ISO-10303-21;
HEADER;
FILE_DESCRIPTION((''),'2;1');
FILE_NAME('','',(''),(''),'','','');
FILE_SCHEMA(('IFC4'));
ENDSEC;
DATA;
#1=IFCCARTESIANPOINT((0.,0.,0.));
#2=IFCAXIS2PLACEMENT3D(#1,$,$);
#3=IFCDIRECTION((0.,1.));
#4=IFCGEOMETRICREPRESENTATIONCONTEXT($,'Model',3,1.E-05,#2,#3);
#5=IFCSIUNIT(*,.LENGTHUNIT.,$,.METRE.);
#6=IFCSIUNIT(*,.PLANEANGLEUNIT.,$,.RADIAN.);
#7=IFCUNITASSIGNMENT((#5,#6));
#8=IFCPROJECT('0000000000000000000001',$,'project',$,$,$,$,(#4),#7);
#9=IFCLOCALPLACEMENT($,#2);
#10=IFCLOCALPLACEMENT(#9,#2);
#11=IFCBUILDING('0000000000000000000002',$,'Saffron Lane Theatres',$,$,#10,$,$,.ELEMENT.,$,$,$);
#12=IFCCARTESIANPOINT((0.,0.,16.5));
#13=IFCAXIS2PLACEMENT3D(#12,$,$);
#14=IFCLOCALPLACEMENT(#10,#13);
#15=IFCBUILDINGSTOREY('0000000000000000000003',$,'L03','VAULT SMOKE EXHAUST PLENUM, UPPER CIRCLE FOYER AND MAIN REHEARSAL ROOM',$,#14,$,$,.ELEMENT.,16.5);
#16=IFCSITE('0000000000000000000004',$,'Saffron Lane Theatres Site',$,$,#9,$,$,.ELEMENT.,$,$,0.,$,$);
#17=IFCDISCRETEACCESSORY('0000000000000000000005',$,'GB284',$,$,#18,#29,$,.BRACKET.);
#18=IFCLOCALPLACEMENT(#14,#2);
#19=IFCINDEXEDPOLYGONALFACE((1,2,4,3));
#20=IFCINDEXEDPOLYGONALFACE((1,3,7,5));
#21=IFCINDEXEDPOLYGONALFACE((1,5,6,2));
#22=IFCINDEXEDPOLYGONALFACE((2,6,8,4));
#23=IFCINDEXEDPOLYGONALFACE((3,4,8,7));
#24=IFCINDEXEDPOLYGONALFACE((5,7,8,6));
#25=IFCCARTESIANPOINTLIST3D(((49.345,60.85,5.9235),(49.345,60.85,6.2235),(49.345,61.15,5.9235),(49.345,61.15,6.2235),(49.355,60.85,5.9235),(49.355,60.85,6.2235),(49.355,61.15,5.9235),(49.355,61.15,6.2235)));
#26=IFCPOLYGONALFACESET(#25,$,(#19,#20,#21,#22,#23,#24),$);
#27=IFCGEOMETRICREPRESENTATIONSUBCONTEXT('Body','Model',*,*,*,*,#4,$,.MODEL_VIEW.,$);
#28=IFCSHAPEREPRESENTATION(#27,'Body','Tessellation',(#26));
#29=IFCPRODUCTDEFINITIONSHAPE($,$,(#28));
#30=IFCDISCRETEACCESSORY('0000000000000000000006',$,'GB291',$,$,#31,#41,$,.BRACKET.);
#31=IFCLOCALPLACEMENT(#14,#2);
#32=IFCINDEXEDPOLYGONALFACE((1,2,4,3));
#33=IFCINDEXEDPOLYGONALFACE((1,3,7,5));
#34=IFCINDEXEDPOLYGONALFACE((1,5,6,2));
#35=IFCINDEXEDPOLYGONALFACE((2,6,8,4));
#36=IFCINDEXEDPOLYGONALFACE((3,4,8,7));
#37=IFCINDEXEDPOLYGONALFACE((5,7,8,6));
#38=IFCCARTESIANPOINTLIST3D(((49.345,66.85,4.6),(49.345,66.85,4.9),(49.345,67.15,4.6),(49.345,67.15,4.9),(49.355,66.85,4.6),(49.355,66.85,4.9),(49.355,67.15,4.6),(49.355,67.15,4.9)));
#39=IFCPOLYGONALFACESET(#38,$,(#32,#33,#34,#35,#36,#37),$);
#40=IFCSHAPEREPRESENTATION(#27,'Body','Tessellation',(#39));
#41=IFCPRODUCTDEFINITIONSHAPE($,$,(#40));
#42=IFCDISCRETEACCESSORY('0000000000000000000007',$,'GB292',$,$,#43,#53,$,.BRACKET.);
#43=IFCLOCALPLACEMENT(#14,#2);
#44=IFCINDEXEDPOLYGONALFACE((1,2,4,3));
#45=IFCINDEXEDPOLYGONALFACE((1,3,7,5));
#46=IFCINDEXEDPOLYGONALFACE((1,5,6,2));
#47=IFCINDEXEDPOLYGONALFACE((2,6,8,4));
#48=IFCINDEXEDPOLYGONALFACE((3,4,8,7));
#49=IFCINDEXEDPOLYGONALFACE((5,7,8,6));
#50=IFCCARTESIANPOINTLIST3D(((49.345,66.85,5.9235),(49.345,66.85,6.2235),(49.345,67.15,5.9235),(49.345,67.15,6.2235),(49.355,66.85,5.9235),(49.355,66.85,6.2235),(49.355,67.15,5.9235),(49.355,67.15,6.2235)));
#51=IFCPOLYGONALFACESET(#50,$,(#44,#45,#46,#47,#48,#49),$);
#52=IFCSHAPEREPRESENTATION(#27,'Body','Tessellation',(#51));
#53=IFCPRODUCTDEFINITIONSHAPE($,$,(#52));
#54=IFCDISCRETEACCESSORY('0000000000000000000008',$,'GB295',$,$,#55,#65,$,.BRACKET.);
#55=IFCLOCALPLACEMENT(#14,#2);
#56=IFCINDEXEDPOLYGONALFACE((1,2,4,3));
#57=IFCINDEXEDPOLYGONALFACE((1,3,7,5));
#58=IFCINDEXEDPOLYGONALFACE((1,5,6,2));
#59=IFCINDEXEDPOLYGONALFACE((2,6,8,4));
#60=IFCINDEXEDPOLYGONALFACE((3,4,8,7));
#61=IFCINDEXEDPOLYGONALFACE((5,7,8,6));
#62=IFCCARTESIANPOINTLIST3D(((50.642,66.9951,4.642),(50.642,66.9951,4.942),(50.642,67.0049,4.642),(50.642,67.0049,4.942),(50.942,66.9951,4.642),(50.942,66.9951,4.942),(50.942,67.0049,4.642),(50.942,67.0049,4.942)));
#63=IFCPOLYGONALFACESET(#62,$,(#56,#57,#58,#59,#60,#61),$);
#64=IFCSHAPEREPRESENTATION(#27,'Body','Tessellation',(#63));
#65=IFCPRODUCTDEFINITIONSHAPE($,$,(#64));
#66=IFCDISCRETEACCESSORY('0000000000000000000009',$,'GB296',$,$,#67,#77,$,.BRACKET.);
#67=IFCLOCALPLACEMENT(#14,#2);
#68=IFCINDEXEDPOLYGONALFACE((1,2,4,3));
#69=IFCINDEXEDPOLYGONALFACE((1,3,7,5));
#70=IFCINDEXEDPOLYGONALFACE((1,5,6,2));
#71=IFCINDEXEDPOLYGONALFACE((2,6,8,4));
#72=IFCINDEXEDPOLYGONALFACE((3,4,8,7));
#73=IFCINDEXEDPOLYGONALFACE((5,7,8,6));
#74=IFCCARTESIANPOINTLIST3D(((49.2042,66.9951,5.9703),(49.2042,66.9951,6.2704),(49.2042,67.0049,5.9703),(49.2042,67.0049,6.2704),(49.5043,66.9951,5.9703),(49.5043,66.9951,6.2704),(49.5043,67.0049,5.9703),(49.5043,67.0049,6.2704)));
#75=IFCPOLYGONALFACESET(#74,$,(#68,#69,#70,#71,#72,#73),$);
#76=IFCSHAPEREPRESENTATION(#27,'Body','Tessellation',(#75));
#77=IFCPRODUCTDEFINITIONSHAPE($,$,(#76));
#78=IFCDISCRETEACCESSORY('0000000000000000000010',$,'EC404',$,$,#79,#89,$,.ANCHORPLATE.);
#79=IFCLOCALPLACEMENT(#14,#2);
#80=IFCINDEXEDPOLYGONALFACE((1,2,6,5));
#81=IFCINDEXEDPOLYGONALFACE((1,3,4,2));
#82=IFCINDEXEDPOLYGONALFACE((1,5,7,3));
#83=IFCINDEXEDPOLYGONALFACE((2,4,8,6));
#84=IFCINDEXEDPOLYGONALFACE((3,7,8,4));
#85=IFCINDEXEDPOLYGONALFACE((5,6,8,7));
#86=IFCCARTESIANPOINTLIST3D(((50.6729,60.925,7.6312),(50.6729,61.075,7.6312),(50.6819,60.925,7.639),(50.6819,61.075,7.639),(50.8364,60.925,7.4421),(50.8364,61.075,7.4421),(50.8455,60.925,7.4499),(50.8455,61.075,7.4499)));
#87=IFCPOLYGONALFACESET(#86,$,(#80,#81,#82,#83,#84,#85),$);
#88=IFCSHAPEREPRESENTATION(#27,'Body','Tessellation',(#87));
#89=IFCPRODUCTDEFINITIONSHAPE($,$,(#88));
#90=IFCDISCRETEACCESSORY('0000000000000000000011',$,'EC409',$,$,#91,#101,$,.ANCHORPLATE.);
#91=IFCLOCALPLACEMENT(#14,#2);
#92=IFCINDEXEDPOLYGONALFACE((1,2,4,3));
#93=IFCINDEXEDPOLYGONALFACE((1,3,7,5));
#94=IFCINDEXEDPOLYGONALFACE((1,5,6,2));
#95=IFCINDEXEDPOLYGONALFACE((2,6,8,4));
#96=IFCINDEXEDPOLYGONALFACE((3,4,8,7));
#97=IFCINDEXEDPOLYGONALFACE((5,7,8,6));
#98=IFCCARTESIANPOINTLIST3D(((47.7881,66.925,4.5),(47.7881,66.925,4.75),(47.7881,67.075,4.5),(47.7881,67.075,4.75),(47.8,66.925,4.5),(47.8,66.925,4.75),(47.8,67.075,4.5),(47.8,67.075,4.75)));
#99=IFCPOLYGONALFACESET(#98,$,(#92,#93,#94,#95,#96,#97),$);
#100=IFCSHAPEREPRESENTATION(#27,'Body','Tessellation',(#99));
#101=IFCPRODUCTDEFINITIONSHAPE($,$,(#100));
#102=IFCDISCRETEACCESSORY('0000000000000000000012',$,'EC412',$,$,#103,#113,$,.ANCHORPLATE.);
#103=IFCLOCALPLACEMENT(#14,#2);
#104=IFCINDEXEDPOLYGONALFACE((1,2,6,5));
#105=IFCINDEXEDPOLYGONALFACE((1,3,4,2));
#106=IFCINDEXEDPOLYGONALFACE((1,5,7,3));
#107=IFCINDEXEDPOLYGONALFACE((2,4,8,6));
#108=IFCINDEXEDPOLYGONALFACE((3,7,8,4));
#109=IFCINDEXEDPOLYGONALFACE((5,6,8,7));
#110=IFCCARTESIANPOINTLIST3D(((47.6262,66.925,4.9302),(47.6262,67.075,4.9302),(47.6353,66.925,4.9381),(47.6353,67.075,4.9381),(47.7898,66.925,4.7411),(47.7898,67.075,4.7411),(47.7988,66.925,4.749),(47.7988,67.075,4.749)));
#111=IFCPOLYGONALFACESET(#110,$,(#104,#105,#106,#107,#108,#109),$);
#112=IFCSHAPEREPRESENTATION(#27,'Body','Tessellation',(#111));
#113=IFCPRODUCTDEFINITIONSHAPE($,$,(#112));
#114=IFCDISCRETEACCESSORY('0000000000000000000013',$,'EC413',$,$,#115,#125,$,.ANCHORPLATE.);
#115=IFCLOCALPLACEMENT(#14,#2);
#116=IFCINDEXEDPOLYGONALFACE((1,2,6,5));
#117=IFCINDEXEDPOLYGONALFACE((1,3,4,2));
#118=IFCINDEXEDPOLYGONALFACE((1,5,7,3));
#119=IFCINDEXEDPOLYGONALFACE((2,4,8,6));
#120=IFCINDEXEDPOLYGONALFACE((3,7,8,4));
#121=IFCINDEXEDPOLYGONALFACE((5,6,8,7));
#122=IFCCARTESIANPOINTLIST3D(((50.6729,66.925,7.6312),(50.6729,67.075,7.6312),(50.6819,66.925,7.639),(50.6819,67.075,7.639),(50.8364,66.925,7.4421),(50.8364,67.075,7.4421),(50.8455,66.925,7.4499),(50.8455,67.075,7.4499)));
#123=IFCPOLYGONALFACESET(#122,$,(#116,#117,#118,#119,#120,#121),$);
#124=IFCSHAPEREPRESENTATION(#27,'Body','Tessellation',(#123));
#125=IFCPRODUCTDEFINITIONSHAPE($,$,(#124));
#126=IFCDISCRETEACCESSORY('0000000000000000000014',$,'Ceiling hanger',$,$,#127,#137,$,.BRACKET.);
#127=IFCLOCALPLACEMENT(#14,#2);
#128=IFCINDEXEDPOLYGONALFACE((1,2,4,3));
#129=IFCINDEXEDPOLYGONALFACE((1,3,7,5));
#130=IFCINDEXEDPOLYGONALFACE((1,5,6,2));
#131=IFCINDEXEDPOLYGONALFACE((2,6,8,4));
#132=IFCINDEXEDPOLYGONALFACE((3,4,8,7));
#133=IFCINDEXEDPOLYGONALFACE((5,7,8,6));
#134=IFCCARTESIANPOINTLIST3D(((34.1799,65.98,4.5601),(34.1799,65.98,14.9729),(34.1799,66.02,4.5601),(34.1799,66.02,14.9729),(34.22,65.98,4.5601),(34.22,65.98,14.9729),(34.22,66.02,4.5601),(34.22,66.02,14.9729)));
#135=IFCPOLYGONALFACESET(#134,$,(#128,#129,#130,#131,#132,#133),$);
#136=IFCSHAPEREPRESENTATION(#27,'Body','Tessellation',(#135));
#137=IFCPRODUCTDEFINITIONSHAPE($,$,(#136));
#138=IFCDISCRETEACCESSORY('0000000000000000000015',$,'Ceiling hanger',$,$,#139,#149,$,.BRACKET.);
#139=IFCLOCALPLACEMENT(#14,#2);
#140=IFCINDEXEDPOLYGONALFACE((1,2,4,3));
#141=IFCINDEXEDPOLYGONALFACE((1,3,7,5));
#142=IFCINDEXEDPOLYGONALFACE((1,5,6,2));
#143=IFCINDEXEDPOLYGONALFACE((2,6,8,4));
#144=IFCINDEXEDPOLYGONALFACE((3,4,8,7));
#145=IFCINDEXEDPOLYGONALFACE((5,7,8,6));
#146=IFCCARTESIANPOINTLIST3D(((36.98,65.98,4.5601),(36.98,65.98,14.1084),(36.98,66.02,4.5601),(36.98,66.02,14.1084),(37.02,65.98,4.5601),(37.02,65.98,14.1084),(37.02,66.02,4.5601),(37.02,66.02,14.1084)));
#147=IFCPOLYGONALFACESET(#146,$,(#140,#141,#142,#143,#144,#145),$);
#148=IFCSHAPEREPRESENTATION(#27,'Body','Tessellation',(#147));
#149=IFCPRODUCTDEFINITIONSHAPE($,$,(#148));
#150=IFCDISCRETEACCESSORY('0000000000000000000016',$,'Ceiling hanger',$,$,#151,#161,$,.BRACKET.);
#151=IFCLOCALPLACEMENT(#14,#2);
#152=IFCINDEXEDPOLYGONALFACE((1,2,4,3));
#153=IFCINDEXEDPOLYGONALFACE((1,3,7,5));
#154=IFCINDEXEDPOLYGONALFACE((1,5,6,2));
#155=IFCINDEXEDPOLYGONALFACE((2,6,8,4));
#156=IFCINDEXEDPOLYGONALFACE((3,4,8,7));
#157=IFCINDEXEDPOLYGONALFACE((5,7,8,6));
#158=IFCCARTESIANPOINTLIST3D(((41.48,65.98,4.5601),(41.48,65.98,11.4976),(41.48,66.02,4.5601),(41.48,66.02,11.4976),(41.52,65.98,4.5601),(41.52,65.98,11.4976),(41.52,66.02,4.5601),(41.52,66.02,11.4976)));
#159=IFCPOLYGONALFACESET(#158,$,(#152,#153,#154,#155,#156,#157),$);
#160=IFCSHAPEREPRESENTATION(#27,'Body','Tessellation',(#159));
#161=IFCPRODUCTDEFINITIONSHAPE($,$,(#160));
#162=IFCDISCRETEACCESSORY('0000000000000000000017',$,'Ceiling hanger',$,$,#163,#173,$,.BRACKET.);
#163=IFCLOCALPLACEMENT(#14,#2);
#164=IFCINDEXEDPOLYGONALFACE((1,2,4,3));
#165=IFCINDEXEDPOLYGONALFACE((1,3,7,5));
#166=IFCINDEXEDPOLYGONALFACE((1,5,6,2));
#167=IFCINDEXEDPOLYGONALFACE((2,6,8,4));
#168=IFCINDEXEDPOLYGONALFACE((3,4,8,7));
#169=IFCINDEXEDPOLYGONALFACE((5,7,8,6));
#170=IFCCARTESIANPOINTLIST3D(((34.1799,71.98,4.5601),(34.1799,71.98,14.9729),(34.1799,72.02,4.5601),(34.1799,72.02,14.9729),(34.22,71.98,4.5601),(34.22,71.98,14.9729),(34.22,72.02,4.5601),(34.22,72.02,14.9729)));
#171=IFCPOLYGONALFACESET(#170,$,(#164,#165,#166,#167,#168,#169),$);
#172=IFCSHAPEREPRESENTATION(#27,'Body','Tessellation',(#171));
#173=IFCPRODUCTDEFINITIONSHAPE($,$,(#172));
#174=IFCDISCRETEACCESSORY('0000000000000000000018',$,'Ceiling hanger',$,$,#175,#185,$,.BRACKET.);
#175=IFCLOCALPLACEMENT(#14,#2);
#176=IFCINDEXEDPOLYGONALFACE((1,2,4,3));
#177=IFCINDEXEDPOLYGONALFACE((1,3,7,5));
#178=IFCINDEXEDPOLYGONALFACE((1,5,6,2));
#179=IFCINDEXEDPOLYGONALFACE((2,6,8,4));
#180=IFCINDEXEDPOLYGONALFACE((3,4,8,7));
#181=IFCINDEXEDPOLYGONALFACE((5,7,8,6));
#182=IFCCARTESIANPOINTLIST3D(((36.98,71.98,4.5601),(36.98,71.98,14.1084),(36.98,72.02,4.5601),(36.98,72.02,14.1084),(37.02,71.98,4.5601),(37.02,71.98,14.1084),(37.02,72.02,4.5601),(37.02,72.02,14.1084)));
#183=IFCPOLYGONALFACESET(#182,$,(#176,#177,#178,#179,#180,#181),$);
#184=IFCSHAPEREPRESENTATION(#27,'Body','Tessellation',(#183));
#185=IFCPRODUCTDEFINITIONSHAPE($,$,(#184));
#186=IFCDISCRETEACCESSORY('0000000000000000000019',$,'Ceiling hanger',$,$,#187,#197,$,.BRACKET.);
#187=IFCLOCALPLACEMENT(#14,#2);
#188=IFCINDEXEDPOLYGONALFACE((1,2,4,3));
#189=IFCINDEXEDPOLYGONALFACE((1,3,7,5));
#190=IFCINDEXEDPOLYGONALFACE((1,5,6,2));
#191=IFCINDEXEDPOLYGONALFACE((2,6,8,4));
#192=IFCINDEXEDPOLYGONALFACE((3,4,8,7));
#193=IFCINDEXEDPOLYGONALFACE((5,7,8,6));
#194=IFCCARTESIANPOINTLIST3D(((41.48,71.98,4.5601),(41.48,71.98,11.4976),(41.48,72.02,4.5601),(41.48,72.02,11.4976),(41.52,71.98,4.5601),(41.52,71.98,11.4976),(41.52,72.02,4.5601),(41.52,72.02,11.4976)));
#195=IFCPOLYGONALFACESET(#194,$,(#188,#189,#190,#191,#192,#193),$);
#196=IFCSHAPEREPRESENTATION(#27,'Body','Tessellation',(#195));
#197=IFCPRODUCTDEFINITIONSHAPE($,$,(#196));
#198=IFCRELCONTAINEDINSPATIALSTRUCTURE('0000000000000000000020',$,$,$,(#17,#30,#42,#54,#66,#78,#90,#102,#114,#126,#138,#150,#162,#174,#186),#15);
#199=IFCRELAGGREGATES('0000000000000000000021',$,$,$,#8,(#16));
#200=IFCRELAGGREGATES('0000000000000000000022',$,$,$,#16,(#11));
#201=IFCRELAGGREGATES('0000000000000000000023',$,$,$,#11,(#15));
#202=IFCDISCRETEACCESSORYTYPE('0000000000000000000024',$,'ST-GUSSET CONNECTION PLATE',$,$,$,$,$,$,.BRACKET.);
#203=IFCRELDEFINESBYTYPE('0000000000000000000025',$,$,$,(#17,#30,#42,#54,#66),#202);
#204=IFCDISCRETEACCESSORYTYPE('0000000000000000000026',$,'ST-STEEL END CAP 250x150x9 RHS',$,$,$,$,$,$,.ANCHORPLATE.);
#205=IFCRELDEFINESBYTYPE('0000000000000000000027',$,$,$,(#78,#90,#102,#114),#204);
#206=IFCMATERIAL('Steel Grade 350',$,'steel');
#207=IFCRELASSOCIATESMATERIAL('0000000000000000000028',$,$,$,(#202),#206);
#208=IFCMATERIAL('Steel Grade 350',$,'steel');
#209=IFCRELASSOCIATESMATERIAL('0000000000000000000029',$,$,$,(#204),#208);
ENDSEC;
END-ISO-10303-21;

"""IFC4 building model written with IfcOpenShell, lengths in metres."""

from ifc_helpers import new_model, si_unit, direction, frame, origin, origin_2d, place, context, subcontext, project, spatial, rectangle, extrude, material, material_profile, profile_set, type_object, element, save


model = new_model("IFC4")

# Units and contexts
model_context = context("Model", 3, precision=1e-05, world=origin(), true_north=direction((0.0, 1.0)))
body_context = subcontext(model_context, "Body", "Model", "MODEL_VIEW")
ifc_project = project(units=[si_unit("LENGTHUNIT", "METRE"), si_unit("PLANEANGLEUNIT", "RADIAN")], contexts=[model_context])

# Site, building, storey
site_placement = place(None, origin())
site = spatial("IfcSite", under=ifc_project, at=site_placement, Name="Saffron Lane Theatres Site", CompositionType="ELEMENT", RefElevation=0.0)
building_placement = place(site_placement, origin())
building = spatial("IfcBuilding", under=site, at=building_placement, Name="Saffron Lane Theatres", CompositionType="ELEMENT")
storey_placement = place(building_placement, frame((0.0, 0.0, 16.5)))
storey = spatial("IfcBuildingStorey", under=building, at=storey_placement, Name="L03", Description="VAULT SMOKE EXHAUST PLENUM, UPPER CIRCLE FOYER AND MAIN REHEARSAL ROOM", CompositionType="ELEMENT", Elevation=16.5)

# Discrete accessories
ifc_material_1 = material(Name="Steel Grade 350", Category="steel")
ifc_material_profile_1 = material_profile(ifc_material_1, rectangle(XDim=0.3, YDim=0.3, at=origin_2d()))
ifc_profile_set_1 = profile_set([ifc_material_profile_1], Name="Steel Grade 350")
discrete_accessory_type_1 = type_object("IfcDiscreteAccessoryType", Name="ST-GUSSET CONNECTION PLATE", PredefinedType="BRACKET", material=ifc_profile_set_1)
for number, where, z_axis, x_axis, name in (
    (1, (49.345, 61.0, 6.0735), (1.0, 0.0, 0.0), (0.0, 1.0, 0.0), "GB284"),
    (2, (49.345, 67.0, 4.75), (1.0, 0.0, 0.0), (0.0, 1.0, 0.0), "GB291"),
    (3, (49.345, 67.0, 6.0735), (1.0, 0.0, 0.0), (0.0, 1.0, 0.0), "GB292"),
):
    element("IfcDiscreteAccessory", number, at=place(storey_placement, frame(where, z_axis=z_axis, x_axis=x_axis)), inside=storey, type_object=discrete_accessory_type_1, Name=name, PredefinedType="BRACKET", context=body_context, shape_type="SweptSolid", body=[
        extrude(rectangle(XDim=0.3, YDim=0.3, at=origin_2d()), origin(), (0.0, 0.0, 1.0), 0.01),
    ])
for number, where, z_axis, x_axis, name in (
    (4, (50.792, 66.9951, 4.792), (0.0, 1.0, 0.0), (-1.0, 0.0, 0.0), "GB295"),
    (5, (49.3542, 66.9951, 6.1204), (0.0, 1.0, 0.0), (-1.0, 0.0, 0.0), "GB296"),
):
    element("IfcDiscreteAccessory", number, at=place(storey_placement, frame(where, z_axis=z_axis, x_axis=x_axis)), inside=storey, type_object=discrete_accessory_type_1, Name=name, PredefinedType="BRACKET", context=body_context, shape_type="SweptSolid", body=[
        extrude(rectangle(XDim=0.3, YDim=0.3, at=origin_2d()), origin(), (0.0, 0.0, 1.0), 0.0098),
    ])
ifc_material_2 = material(Name="Steel Grade 350", Category="steel")
ifc_material_profile_2 = material_profile(ifc_material_2, rectangle(XDim=0.1499, YDim=0.25, at=origin_2d()))
ifc_profile_set_2 = profile_set([ifc_material_profile_2], Name="Steel Grade 350")
discrete_accessory_type_2 = type_object("IfcDiscreteAccessoryType", Name="ST-STEEL END CAP 250x150x9 RHS", PredefinedType="ANCHORPLATE", material=ifc_profile_set_2)
for number, where, z_axis, x_axis, name in (
    (6, (50.7546, 61.0, 7.5366), (0.756363, 0.0, 0.654152), (0.0, 1.0, 0.0), "EC404"),
    (7, (47.8, 67.0, 4.625), (-1.0, 0.0, 0.0), (0.0, -1.0, 0.0), "EC409"),
    (8, (47.708, 67.0, 4.8357), (0.756363, 0.0, 0.654152), (0.0, 1.0, 0.0), "EC412"),
    (9, (50.7546, 67.0, 7.5366), (0.756363, 0.0, 0.654152), (0.0, 1.0, 0.0), "EC413"),
):
    element("IfcDiscreteAccessory", number, at=place(storey_placement, frame(where, z_axis=z_axis, x_axis=x_axis)), inside=storey, type_object=discrete_accessory_type_2, Name=name, PredefinedType="ANCHORPLATE", context=body_context, shape_type="SweptSolid", body=[
        extrude(rectangle(XDim=0.1499, YDim=0.25, at=origin_2d()), origin(), (0.0, 0.0, 1.0), 0.012),
    ])
discrete_accessory_1_placement = place(storey_placement, frame((34.2, 66.0, 4.5601), z_axis=(0.0, 0.0, 1.0), x_axis=(1.0, 0.0, 0.0)))
element("IfcDiscreteAccessory", 10, at=discrete_accessory_1_placement, inside=storey, Name="Ceiling hanger", PredefinedType="BRACKET", context=body_context, shape_type="SweptSolid", body=[
    extrude(rectangle(XDim=0.04, YDim=0.04, at=origin_2d()), origin(), (0.0, 0.0, 1.0), 10.4128),
])
discrete_accessory_2_placement = place(storey_placement, frame((37.0, 66.0, 4.5601), z_axis=(0.0, 0.0, 1.0), x_axis=(1.0, 0.0, 0.0)))
element("IfcDiscreteAccessory", 11, at=discrete_accessory_2_placement, inside=storey, Name="Ceiling hanger", PredefinedType="BRACKET", context=body_context, shape_type="SweptSolid", body=[
    extrude(rectangle(XDim=0.04, YDim=0.04, at=origin_2d()), origin(), (0.0, 0.0, 1.0), 9.5483),
])
discrete_accessory_3_placement = place(storey_placement, frame((41.5, 66.0, 4.5601), z_axis=(0.0, 0.0, 1.0), x_axis=(1.0, 0.0, 0.0)))
element("IfcDiscreteAccessory", 12, at=discrete_accessory_3_placement, inside=storey, Name="Ceiling hanger", PredefinedType="BRACKET", context=body_context, shape_type="SweptSolid", body=[
    extrude(rectangle(XDim=0.04, YDim=0.04, at=origin_2d()), origin(), (0.0, 0.0, 1.0), 6.9375),
])
discrete_accessory_4_placement = place(storey_placement, frame((34.2, 72.0, 4.5601), z_axis=(0.0, 0.0, 1.0), x_axis=(1.0, 0.0, 0.0)))
element("IfcDiscreteAccessory", 13, at=discrete_accessory_4_placement, inside=storey, Name="Ceiling hanger", PredefinedType="BRACKET", context=body_context, shape_type="SweptSolid", body=[
    extrude(rectangle(XDim=0.04, YDim=0.04, at=origin_2d()), origin(), (0.0, 0.0, 1.0), 10.4128),
])
discrete_accessory_5_placement = place(storey_placement, frame((37.0, 72.0, 4.5601), z_axis=(0.0, 0.0, 1.0), x_axis=(1.0, 0.0, 0.0)))
element("IfcDiscreteAccessory", 14, at=discrete_accessory_5_placement, inside=storey, Name="Ceiling hanger", PredefinedType="BRACKET", context=body_context, shape_type="SweptSolid", body=[
    extrude(rectangle(XDim=0.04, YDim=0.04, at=origin_2d()), origin(), (0.0, 0.0, 1.0), 9.5483),
])
discrete_accessory_6_placement = place(storey_placement, frame((41.5, 72.0, 4.5601), z_axis=(0.0, 0.0, 1.0), x_axis=(1.0, 0.0, 0.0)))
element("IfcDiscreteAccessory", 15, at=discrete_accessory_6_placement, inside=storey, Name="Ceiling hanger", PredefinedType="BRACKET", context=body_context, shape_type="SweptSolid", body=[
    extrude(rectangle(XDim=0.04, YDim=0.04, at=origin_2d()), origin(), (0.0, 0.0, 1.0), 6.9375),
])

save(model, "model.ifc")
